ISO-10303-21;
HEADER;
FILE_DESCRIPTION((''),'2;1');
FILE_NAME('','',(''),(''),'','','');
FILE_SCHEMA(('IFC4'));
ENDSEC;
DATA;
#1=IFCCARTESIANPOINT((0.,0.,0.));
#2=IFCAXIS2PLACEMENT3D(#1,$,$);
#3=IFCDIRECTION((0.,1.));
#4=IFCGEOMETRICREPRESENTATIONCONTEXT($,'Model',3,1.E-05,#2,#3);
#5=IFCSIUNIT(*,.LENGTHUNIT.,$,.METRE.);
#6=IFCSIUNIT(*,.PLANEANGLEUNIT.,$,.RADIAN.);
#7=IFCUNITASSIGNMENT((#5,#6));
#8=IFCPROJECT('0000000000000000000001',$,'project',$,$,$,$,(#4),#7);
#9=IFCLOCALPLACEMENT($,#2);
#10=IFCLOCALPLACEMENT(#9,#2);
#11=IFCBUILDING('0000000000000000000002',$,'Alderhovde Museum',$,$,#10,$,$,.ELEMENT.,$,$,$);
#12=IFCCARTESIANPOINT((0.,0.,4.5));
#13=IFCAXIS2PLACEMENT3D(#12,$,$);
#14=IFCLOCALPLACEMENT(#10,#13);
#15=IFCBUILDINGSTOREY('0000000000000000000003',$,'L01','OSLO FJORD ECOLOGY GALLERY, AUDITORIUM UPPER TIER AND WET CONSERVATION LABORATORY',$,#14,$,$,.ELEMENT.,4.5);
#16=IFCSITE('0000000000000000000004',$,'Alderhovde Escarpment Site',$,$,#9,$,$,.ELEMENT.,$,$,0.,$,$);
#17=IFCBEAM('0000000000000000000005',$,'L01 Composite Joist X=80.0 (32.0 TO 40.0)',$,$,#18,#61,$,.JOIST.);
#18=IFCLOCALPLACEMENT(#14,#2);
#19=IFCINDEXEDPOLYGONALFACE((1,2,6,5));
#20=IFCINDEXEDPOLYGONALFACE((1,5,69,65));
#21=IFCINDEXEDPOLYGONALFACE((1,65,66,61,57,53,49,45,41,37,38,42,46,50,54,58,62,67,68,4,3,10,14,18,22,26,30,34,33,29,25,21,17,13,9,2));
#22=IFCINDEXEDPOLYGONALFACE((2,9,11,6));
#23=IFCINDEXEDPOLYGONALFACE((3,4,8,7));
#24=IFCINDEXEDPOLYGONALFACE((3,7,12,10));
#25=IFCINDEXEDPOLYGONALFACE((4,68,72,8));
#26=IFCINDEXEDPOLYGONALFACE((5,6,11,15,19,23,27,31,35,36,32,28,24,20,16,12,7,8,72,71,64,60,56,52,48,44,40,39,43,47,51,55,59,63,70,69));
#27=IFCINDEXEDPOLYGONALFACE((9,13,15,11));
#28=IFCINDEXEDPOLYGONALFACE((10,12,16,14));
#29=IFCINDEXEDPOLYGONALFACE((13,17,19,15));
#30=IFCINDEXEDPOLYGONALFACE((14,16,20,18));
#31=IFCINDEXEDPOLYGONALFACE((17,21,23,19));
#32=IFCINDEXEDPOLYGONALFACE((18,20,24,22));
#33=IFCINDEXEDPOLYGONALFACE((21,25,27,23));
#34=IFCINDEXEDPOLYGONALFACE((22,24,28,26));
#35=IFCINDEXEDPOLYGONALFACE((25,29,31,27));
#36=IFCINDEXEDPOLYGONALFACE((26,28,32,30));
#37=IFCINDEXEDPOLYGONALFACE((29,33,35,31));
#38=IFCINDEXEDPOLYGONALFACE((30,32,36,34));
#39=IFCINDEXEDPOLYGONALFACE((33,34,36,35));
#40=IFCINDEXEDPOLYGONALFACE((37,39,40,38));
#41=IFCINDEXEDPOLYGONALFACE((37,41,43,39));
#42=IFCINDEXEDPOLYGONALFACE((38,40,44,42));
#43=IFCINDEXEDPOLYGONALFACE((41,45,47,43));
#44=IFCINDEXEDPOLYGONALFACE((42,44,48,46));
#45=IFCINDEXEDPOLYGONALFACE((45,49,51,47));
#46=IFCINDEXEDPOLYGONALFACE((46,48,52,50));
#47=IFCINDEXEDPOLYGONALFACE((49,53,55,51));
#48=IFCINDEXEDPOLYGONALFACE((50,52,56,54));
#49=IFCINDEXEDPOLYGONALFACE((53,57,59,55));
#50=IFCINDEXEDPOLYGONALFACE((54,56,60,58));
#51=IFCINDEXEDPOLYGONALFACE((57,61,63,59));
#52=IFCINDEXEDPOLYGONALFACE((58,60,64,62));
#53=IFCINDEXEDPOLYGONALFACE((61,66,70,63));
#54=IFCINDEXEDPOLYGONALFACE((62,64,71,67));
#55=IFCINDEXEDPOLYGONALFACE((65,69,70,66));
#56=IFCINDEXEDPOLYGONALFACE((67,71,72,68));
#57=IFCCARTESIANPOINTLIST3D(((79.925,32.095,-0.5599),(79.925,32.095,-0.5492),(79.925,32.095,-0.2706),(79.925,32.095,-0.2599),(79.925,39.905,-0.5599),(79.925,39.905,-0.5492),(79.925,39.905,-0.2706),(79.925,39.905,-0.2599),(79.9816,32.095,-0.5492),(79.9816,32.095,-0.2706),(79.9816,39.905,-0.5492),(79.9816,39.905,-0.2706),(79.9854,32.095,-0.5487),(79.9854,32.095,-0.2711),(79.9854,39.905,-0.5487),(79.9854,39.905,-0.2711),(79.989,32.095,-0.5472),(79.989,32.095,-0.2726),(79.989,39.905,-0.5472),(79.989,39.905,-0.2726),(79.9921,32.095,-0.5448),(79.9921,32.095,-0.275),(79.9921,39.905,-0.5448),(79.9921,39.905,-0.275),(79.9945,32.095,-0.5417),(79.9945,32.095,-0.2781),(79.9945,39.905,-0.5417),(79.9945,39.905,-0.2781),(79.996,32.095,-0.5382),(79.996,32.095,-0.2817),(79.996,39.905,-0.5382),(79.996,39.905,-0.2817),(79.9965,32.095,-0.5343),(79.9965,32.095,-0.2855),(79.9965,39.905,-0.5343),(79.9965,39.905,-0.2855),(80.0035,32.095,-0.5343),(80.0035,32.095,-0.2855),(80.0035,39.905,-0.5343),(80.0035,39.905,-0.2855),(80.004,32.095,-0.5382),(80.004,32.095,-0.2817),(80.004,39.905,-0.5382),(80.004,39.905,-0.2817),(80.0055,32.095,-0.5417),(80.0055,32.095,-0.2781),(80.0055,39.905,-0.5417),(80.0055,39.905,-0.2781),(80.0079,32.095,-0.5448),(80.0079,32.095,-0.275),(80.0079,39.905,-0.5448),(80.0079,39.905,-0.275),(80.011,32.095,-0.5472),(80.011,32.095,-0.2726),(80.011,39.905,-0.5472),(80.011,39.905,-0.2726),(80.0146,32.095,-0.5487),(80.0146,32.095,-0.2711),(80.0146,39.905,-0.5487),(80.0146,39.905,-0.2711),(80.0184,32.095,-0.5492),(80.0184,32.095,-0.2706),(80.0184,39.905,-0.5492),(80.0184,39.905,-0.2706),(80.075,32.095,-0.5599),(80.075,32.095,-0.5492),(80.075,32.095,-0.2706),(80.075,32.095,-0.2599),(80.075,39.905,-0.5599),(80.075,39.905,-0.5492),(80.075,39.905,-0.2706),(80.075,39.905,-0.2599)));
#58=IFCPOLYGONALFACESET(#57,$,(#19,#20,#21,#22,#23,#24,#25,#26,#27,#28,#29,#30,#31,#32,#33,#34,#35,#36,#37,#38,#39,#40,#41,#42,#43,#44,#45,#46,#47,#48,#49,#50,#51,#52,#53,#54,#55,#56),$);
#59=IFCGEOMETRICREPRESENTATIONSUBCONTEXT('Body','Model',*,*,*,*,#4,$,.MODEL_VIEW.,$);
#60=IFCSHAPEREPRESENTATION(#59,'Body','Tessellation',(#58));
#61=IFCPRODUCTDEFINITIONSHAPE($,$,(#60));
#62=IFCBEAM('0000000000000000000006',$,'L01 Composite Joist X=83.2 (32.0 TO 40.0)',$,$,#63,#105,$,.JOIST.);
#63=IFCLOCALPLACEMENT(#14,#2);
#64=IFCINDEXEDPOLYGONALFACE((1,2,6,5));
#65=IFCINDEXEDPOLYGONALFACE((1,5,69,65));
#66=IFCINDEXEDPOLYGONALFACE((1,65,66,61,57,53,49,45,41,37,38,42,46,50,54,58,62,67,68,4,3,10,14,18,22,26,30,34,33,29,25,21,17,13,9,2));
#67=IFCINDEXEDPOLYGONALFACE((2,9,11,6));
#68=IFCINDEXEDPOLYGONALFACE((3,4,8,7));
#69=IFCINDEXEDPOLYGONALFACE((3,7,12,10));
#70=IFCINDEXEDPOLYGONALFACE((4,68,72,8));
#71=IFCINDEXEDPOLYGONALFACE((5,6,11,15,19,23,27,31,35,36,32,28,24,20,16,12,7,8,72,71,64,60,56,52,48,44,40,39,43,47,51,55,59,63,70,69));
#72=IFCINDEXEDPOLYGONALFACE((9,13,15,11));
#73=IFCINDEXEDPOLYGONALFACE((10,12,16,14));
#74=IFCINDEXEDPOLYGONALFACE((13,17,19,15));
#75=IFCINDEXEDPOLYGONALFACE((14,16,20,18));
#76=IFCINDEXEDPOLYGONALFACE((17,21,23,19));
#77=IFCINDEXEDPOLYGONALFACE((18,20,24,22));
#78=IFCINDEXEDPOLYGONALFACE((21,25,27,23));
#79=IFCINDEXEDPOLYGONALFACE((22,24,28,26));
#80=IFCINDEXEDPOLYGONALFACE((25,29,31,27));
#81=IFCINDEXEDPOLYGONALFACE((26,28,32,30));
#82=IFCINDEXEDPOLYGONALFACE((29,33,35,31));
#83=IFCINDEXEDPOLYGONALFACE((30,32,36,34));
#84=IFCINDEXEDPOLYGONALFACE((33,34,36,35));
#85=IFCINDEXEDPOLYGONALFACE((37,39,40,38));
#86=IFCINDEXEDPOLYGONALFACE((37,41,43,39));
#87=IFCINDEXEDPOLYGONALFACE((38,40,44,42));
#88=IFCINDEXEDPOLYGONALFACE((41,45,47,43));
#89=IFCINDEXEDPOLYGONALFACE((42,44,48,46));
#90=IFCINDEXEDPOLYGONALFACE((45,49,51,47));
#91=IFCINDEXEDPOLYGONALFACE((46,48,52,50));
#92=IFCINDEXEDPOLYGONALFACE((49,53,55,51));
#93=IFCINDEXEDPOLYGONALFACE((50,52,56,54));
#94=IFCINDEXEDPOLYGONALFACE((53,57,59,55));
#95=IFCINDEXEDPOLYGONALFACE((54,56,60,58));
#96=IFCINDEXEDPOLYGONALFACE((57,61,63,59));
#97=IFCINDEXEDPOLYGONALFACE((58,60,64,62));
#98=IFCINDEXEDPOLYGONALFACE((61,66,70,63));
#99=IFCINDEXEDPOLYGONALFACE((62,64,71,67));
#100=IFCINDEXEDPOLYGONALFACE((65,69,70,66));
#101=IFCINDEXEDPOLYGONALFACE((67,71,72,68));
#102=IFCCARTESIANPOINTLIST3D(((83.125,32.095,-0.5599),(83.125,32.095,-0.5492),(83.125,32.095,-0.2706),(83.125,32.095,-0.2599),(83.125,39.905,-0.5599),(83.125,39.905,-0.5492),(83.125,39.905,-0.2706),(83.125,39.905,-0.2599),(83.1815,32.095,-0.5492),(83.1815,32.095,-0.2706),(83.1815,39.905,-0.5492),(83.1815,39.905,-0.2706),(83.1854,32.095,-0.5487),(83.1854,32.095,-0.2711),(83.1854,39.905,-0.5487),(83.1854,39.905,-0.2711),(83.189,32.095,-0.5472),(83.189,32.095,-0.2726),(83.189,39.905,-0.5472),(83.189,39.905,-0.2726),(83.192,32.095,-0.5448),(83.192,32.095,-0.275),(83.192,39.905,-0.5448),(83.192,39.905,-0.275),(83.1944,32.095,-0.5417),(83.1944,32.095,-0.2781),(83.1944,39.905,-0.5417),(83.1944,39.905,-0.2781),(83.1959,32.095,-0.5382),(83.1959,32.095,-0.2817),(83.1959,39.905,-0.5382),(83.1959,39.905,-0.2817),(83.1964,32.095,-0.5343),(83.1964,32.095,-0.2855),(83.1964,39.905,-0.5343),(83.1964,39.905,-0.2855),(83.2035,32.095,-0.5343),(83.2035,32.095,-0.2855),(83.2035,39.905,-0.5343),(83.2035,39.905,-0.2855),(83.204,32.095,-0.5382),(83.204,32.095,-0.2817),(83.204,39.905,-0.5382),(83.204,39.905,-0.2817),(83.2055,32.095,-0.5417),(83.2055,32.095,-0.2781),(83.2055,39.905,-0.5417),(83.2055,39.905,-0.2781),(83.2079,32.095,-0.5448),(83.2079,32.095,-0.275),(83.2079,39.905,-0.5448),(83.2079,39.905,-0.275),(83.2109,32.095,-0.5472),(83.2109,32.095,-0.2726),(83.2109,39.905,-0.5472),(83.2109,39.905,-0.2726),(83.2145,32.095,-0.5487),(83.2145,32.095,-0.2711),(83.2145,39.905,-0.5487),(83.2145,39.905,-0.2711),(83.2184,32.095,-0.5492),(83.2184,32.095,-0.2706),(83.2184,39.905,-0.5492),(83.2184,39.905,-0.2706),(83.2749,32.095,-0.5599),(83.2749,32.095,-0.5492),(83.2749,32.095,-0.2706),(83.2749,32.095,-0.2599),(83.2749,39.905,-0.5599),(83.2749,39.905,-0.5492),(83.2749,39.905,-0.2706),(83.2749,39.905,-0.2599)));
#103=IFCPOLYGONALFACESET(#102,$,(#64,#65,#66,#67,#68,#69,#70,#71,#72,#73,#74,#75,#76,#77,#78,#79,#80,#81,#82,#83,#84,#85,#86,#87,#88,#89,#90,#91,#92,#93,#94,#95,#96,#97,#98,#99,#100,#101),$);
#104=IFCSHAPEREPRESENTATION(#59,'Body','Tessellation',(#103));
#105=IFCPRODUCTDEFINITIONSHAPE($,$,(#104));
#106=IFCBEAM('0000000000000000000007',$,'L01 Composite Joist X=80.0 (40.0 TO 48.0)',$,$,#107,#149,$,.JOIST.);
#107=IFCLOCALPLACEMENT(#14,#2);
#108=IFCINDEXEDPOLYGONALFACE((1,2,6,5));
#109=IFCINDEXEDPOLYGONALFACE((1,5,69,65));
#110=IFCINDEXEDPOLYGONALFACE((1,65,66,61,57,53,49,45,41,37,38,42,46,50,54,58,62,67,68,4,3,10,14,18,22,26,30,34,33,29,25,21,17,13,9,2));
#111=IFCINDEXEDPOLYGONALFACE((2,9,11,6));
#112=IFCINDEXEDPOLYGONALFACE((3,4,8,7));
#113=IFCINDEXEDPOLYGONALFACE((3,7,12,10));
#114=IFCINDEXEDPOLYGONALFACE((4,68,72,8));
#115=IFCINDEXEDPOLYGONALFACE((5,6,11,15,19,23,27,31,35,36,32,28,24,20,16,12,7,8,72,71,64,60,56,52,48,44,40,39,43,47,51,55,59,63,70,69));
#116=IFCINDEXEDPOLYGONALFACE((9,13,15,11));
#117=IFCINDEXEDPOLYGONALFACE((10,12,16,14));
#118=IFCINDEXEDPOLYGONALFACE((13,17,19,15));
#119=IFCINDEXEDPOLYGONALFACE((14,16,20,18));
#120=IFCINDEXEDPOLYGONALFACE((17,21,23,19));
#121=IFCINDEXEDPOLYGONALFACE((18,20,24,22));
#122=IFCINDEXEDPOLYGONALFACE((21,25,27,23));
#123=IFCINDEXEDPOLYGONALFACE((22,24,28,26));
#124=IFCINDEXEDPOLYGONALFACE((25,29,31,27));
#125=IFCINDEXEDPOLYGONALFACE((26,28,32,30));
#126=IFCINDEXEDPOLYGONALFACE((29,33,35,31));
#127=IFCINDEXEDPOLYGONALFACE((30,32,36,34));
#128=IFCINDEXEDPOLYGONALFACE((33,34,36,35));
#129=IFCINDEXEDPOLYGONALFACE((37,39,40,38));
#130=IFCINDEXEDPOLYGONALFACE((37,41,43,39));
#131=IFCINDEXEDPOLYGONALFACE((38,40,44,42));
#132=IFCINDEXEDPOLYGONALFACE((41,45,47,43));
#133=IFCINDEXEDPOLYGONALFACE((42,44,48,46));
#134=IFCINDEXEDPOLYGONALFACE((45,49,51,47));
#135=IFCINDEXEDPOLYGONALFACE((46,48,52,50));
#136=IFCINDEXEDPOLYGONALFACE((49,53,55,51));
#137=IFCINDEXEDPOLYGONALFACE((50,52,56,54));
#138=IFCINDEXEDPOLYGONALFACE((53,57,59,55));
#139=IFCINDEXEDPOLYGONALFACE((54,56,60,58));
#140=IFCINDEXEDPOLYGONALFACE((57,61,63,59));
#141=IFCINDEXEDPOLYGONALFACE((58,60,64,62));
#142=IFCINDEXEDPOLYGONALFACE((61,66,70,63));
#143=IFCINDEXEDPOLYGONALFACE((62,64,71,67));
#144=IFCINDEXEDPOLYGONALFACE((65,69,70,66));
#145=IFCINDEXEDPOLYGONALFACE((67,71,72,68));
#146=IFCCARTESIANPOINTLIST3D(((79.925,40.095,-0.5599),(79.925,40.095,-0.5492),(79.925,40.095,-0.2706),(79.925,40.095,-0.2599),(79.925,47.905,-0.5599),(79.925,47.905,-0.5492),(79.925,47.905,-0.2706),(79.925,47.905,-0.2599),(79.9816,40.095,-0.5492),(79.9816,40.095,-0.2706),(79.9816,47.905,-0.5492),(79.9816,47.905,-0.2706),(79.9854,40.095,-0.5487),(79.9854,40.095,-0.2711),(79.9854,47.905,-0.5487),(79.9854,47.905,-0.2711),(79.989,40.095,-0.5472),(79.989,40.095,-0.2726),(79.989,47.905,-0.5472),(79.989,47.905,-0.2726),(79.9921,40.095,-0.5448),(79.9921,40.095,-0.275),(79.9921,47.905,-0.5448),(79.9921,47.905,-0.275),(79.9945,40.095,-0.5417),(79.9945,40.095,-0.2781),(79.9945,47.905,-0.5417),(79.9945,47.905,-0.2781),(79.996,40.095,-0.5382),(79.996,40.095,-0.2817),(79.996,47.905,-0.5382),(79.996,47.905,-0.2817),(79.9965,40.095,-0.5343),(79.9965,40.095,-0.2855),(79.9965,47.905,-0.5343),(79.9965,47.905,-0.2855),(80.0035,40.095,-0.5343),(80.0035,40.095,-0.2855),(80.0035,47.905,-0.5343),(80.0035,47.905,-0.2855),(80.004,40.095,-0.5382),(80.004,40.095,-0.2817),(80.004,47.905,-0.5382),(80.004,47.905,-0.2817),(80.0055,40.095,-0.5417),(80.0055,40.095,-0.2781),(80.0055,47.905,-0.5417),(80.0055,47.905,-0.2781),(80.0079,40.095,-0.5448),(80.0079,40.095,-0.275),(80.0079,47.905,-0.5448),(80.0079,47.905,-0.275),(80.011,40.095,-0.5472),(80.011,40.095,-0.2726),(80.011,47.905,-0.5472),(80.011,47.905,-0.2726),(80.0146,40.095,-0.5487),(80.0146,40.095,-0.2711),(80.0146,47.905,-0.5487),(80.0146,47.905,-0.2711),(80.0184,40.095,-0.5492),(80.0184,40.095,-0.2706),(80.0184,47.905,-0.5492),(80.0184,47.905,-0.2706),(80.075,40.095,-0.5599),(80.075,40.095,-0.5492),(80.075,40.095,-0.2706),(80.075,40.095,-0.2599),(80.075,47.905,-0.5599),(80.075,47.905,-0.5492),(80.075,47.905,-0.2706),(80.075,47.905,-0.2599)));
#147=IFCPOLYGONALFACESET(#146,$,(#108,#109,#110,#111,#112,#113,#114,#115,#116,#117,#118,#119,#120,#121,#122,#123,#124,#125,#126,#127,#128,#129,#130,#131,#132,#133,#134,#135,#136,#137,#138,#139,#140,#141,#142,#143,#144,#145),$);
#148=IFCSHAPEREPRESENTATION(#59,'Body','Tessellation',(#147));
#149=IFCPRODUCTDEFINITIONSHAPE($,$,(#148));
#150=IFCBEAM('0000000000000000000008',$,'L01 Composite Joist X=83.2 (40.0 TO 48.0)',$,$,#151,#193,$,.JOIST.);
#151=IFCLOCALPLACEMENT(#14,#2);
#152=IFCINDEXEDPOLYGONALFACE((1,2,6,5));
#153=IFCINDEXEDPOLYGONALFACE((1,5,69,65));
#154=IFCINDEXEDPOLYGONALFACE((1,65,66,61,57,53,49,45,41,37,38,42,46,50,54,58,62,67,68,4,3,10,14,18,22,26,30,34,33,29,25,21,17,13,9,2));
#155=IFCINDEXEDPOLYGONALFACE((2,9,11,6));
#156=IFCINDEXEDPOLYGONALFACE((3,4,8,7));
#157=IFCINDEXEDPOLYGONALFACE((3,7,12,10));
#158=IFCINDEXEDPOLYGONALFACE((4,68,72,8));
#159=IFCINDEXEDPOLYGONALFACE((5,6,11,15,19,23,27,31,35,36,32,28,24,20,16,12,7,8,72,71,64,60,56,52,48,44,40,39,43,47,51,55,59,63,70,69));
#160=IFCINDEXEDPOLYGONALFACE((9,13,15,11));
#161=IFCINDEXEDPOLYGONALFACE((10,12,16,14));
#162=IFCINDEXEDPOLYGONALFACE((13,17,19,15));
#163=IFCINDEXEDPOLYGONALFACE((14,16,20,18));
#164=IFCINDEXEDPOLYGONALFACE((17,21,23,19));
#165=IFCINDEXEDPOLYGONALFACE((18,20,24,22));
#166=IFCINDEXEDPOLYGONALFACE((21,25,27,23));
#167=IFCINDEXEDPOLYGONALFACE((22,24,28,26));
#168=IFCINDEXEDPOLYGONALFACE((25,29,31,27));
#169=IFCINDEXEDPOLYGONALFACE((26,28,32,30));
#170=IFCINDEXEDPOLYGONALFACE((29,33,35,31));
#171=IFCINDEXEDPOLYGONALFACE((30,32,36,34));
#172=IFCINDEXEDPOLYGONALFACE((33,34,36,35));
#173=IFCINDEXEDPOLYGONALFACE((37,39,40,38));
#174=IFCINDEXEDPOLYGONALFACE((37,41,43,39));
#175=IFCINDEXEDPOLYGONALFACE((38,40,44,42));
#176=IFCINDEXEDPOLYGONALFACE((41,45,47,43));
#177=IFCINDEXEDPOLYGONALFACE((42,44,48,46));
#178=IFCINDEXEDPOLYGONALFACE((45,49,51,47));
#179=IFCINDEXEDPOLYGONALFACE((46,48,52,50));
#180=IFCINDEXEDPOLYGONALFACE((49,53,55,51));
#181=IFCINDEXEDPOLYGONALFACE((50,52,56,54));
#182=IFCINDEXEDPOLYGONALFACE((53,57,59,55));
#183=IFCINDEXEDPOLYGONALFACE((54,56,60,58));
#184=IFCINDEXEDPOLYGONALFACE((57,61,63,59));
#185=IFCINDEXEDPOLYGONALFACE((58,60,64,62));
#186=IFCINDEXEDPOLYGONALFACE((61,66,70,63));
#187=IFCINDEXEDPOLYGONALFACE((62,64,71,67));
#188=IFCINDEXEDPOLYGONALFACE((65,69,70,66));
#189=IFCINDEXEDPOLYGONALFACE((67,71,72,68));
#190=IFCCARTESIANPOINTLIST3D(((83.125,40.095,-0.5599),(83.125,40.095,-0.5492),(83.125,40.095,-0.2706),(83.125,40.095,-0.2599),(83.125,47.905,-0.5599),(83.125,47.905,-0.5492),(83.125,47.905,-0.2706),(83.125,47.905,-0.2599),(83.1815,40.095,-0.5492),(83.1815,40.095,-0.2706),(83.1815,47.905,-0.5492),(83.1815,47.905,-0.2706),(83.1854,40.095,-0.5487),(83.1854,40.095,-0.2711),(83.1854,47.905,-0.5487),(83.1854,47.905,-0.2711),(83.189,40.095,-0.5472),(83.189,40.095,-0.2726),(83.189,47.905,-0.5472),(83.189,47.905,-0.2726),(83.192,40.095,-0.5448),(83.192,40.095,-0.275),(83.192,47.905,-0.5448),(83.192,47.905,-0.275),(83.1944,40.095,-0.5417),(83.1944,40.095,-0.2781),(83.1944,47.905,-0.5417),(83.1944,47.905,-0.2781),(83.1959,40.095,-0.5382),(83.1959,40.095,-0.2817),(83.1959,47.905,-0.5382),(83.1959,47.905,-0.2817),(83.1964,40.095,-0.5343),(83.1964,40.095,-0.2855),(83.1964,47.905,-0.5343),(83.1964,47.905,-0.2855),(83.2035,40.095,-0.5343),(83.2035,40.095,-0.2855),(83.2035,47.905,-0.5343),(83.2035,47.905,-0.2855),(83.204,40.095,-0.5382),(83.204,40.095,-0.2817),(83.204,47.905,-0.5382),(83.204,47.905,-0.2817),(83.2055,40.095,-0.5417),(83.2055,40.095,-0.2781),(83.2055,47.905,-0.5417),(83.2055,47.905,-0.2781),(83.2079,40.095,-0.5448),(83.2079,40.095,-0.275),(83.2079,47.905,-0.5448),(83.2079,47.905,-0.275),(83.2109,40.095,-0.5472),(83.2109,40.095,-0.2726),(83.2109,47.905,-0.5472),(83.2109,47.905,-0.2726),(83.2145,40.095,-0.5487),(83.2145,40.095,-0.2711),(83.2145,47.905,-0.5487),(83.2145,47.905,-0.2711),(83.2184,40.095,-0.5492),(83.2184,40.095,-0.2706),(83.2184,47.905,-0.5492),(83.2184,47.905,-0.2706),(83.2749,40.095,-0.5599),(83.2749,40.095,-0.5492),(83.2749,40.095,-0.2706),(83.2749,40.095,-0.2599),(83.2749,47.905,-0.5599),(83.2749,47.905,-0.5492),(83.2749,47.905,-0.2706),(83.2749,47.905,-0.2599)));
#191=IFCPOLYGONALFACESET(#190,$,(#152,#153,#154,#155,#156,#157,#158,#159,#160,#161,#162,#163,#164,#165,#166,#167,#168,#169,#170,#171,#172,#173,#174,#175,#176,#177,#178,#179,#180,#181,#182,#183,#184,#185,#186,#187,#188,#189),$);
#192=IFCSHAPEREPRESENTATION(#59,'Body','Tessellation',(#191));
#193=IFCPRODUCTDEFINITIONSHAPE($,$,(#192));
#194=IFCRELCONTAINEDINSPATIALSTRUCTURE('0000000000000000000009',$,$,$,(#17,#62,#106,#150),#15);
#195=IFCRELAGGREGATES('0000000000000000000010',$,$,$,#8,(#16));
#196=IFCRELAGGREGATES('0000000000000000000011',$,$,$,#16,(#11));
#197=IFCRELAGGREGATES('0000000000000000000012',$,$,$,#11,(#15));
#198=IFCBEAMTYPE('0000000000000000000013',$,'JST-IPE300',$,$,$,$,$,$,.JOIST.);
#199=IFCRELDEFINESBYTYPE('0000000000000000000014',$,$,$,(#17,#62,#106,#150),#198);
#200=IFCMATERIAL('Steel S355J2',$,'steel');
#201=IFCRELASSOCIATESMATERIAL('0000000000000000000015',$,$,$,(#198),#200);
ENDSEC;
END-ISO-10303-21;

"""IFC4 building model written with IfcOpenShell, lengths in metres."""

from ifc_helpers import new_model, si_unit, direction, frame, origin, origin_2d, place, context, subcontext, project, spatial, i_section, extrude, material, material_profile, profile_set, type_object, element, save


model = new_model("IFC4")

# Units and contexts
model_context = context("Model", 3, precision=1e-05, world=origin(), true_north=direction((0.0, 1.0)))
body_context = subcontext(model_context, "Body", "Model", "MODEL_VIEW")
ifc_project = project(units=[si_unit("LENGTHUNIT", "METRE"), si_unit("PLANEANGLEUNIT", "RADIAN")], contexts=[model_context])

# Site, building, storey
site_placement = place(None, origin())
site = spatial("IfcSite", under=ifc_project, at=site_placement, Name="Alderhovde Escarpment Site", CompositionType="ELEMENT", RefElevation=0.0)
building_placement = place(site_placement, origin())
building = spatial("IfcBuilding", under=site, at=building_placement, Name="Alderhovde Museum", CompositionType="ELEMENT")
storey_placement = place(building_placement, frame((0.0, 0.0, 4.5)))
storey = spatial("IfcBuildingStorey", under=building, at=storey_placement, Name="L01", Description="OSLO FJORD ECOLOGY GALLERY, AUDITORIUM UPPER TIER AND WET CONSERVATION LABORATORY", CompositionType="ELEMENT", Elevation=4.5)

# Beams
ifc_material_1 = material(Name="Steel S355J2", Category="steel")
ifc_material_profile_1 = material_profile(ifc_material_1, i_section(OverallWidth=0.1499, OverallDepth=0.3, WebThickness=0.0071, FlangeThickness=0.0107, FilletRadius=0.0149, at=origin_2d()), Name="IPE 300")
ifc_profile_set_1 = profile_set([ifc_material_profile_1], Name="Steel S355J2")
beam_type_1 = type_object("IfcBeamType", Name="JST-IPE300", PredefinedType="JOIST", material=ifc_profile_set_1)
for number, where, z_axis, x_axis, name in (
    (1, (80.0, 32.095, -0.4099), (0.0, 1.0, 0.0), (-1.0, 0.0, 0.0), "L01 Composite Joist X=80.0 (32.0 TO 40.0)"),
    (2, (83.2, 32.095, -0.4099), (0.0, 1.0, 0.0), (-1.0, 0.0, 0.0), "L01 Composite Joist X=83.2 (32.0 TO 40.0)"),
    (3, (80.0, 40.095, -0.4099), (0.0, 1.0, 0.0), (-1.0, 0.0, 0.0), "L01 Composite Joist X=80.0 (40.0 TO 48.0)"),
    (4, (83.2, 40.095, -0.4099), (0.0, 1.0, 0.0), (-1.0, 0.0, 0.0), "L01 Composite Joist X=83.2 (40.0 TO 48.0)"),
):
    element("IfcBeam", number, at=place(storey_placement, frame(where, z_axis=z_axis, x_axis=x_axis)), inside=storey, type_object=beam_type_1, Name=name, PredefinedType="JOIST", context=body_context, shape_type="SweptSolid", body=[
        extrude(i_section(OverallWidth=0.1499, OverallDepth=0.3, WebThickness=0.0071, FlangeThickness=0.0107, FilletRadius=0.0149, at=origin_2d()), origin(), (0.0, 0.0, 1.0), 7.8101),
    ])

save(model, "model.ifc")
